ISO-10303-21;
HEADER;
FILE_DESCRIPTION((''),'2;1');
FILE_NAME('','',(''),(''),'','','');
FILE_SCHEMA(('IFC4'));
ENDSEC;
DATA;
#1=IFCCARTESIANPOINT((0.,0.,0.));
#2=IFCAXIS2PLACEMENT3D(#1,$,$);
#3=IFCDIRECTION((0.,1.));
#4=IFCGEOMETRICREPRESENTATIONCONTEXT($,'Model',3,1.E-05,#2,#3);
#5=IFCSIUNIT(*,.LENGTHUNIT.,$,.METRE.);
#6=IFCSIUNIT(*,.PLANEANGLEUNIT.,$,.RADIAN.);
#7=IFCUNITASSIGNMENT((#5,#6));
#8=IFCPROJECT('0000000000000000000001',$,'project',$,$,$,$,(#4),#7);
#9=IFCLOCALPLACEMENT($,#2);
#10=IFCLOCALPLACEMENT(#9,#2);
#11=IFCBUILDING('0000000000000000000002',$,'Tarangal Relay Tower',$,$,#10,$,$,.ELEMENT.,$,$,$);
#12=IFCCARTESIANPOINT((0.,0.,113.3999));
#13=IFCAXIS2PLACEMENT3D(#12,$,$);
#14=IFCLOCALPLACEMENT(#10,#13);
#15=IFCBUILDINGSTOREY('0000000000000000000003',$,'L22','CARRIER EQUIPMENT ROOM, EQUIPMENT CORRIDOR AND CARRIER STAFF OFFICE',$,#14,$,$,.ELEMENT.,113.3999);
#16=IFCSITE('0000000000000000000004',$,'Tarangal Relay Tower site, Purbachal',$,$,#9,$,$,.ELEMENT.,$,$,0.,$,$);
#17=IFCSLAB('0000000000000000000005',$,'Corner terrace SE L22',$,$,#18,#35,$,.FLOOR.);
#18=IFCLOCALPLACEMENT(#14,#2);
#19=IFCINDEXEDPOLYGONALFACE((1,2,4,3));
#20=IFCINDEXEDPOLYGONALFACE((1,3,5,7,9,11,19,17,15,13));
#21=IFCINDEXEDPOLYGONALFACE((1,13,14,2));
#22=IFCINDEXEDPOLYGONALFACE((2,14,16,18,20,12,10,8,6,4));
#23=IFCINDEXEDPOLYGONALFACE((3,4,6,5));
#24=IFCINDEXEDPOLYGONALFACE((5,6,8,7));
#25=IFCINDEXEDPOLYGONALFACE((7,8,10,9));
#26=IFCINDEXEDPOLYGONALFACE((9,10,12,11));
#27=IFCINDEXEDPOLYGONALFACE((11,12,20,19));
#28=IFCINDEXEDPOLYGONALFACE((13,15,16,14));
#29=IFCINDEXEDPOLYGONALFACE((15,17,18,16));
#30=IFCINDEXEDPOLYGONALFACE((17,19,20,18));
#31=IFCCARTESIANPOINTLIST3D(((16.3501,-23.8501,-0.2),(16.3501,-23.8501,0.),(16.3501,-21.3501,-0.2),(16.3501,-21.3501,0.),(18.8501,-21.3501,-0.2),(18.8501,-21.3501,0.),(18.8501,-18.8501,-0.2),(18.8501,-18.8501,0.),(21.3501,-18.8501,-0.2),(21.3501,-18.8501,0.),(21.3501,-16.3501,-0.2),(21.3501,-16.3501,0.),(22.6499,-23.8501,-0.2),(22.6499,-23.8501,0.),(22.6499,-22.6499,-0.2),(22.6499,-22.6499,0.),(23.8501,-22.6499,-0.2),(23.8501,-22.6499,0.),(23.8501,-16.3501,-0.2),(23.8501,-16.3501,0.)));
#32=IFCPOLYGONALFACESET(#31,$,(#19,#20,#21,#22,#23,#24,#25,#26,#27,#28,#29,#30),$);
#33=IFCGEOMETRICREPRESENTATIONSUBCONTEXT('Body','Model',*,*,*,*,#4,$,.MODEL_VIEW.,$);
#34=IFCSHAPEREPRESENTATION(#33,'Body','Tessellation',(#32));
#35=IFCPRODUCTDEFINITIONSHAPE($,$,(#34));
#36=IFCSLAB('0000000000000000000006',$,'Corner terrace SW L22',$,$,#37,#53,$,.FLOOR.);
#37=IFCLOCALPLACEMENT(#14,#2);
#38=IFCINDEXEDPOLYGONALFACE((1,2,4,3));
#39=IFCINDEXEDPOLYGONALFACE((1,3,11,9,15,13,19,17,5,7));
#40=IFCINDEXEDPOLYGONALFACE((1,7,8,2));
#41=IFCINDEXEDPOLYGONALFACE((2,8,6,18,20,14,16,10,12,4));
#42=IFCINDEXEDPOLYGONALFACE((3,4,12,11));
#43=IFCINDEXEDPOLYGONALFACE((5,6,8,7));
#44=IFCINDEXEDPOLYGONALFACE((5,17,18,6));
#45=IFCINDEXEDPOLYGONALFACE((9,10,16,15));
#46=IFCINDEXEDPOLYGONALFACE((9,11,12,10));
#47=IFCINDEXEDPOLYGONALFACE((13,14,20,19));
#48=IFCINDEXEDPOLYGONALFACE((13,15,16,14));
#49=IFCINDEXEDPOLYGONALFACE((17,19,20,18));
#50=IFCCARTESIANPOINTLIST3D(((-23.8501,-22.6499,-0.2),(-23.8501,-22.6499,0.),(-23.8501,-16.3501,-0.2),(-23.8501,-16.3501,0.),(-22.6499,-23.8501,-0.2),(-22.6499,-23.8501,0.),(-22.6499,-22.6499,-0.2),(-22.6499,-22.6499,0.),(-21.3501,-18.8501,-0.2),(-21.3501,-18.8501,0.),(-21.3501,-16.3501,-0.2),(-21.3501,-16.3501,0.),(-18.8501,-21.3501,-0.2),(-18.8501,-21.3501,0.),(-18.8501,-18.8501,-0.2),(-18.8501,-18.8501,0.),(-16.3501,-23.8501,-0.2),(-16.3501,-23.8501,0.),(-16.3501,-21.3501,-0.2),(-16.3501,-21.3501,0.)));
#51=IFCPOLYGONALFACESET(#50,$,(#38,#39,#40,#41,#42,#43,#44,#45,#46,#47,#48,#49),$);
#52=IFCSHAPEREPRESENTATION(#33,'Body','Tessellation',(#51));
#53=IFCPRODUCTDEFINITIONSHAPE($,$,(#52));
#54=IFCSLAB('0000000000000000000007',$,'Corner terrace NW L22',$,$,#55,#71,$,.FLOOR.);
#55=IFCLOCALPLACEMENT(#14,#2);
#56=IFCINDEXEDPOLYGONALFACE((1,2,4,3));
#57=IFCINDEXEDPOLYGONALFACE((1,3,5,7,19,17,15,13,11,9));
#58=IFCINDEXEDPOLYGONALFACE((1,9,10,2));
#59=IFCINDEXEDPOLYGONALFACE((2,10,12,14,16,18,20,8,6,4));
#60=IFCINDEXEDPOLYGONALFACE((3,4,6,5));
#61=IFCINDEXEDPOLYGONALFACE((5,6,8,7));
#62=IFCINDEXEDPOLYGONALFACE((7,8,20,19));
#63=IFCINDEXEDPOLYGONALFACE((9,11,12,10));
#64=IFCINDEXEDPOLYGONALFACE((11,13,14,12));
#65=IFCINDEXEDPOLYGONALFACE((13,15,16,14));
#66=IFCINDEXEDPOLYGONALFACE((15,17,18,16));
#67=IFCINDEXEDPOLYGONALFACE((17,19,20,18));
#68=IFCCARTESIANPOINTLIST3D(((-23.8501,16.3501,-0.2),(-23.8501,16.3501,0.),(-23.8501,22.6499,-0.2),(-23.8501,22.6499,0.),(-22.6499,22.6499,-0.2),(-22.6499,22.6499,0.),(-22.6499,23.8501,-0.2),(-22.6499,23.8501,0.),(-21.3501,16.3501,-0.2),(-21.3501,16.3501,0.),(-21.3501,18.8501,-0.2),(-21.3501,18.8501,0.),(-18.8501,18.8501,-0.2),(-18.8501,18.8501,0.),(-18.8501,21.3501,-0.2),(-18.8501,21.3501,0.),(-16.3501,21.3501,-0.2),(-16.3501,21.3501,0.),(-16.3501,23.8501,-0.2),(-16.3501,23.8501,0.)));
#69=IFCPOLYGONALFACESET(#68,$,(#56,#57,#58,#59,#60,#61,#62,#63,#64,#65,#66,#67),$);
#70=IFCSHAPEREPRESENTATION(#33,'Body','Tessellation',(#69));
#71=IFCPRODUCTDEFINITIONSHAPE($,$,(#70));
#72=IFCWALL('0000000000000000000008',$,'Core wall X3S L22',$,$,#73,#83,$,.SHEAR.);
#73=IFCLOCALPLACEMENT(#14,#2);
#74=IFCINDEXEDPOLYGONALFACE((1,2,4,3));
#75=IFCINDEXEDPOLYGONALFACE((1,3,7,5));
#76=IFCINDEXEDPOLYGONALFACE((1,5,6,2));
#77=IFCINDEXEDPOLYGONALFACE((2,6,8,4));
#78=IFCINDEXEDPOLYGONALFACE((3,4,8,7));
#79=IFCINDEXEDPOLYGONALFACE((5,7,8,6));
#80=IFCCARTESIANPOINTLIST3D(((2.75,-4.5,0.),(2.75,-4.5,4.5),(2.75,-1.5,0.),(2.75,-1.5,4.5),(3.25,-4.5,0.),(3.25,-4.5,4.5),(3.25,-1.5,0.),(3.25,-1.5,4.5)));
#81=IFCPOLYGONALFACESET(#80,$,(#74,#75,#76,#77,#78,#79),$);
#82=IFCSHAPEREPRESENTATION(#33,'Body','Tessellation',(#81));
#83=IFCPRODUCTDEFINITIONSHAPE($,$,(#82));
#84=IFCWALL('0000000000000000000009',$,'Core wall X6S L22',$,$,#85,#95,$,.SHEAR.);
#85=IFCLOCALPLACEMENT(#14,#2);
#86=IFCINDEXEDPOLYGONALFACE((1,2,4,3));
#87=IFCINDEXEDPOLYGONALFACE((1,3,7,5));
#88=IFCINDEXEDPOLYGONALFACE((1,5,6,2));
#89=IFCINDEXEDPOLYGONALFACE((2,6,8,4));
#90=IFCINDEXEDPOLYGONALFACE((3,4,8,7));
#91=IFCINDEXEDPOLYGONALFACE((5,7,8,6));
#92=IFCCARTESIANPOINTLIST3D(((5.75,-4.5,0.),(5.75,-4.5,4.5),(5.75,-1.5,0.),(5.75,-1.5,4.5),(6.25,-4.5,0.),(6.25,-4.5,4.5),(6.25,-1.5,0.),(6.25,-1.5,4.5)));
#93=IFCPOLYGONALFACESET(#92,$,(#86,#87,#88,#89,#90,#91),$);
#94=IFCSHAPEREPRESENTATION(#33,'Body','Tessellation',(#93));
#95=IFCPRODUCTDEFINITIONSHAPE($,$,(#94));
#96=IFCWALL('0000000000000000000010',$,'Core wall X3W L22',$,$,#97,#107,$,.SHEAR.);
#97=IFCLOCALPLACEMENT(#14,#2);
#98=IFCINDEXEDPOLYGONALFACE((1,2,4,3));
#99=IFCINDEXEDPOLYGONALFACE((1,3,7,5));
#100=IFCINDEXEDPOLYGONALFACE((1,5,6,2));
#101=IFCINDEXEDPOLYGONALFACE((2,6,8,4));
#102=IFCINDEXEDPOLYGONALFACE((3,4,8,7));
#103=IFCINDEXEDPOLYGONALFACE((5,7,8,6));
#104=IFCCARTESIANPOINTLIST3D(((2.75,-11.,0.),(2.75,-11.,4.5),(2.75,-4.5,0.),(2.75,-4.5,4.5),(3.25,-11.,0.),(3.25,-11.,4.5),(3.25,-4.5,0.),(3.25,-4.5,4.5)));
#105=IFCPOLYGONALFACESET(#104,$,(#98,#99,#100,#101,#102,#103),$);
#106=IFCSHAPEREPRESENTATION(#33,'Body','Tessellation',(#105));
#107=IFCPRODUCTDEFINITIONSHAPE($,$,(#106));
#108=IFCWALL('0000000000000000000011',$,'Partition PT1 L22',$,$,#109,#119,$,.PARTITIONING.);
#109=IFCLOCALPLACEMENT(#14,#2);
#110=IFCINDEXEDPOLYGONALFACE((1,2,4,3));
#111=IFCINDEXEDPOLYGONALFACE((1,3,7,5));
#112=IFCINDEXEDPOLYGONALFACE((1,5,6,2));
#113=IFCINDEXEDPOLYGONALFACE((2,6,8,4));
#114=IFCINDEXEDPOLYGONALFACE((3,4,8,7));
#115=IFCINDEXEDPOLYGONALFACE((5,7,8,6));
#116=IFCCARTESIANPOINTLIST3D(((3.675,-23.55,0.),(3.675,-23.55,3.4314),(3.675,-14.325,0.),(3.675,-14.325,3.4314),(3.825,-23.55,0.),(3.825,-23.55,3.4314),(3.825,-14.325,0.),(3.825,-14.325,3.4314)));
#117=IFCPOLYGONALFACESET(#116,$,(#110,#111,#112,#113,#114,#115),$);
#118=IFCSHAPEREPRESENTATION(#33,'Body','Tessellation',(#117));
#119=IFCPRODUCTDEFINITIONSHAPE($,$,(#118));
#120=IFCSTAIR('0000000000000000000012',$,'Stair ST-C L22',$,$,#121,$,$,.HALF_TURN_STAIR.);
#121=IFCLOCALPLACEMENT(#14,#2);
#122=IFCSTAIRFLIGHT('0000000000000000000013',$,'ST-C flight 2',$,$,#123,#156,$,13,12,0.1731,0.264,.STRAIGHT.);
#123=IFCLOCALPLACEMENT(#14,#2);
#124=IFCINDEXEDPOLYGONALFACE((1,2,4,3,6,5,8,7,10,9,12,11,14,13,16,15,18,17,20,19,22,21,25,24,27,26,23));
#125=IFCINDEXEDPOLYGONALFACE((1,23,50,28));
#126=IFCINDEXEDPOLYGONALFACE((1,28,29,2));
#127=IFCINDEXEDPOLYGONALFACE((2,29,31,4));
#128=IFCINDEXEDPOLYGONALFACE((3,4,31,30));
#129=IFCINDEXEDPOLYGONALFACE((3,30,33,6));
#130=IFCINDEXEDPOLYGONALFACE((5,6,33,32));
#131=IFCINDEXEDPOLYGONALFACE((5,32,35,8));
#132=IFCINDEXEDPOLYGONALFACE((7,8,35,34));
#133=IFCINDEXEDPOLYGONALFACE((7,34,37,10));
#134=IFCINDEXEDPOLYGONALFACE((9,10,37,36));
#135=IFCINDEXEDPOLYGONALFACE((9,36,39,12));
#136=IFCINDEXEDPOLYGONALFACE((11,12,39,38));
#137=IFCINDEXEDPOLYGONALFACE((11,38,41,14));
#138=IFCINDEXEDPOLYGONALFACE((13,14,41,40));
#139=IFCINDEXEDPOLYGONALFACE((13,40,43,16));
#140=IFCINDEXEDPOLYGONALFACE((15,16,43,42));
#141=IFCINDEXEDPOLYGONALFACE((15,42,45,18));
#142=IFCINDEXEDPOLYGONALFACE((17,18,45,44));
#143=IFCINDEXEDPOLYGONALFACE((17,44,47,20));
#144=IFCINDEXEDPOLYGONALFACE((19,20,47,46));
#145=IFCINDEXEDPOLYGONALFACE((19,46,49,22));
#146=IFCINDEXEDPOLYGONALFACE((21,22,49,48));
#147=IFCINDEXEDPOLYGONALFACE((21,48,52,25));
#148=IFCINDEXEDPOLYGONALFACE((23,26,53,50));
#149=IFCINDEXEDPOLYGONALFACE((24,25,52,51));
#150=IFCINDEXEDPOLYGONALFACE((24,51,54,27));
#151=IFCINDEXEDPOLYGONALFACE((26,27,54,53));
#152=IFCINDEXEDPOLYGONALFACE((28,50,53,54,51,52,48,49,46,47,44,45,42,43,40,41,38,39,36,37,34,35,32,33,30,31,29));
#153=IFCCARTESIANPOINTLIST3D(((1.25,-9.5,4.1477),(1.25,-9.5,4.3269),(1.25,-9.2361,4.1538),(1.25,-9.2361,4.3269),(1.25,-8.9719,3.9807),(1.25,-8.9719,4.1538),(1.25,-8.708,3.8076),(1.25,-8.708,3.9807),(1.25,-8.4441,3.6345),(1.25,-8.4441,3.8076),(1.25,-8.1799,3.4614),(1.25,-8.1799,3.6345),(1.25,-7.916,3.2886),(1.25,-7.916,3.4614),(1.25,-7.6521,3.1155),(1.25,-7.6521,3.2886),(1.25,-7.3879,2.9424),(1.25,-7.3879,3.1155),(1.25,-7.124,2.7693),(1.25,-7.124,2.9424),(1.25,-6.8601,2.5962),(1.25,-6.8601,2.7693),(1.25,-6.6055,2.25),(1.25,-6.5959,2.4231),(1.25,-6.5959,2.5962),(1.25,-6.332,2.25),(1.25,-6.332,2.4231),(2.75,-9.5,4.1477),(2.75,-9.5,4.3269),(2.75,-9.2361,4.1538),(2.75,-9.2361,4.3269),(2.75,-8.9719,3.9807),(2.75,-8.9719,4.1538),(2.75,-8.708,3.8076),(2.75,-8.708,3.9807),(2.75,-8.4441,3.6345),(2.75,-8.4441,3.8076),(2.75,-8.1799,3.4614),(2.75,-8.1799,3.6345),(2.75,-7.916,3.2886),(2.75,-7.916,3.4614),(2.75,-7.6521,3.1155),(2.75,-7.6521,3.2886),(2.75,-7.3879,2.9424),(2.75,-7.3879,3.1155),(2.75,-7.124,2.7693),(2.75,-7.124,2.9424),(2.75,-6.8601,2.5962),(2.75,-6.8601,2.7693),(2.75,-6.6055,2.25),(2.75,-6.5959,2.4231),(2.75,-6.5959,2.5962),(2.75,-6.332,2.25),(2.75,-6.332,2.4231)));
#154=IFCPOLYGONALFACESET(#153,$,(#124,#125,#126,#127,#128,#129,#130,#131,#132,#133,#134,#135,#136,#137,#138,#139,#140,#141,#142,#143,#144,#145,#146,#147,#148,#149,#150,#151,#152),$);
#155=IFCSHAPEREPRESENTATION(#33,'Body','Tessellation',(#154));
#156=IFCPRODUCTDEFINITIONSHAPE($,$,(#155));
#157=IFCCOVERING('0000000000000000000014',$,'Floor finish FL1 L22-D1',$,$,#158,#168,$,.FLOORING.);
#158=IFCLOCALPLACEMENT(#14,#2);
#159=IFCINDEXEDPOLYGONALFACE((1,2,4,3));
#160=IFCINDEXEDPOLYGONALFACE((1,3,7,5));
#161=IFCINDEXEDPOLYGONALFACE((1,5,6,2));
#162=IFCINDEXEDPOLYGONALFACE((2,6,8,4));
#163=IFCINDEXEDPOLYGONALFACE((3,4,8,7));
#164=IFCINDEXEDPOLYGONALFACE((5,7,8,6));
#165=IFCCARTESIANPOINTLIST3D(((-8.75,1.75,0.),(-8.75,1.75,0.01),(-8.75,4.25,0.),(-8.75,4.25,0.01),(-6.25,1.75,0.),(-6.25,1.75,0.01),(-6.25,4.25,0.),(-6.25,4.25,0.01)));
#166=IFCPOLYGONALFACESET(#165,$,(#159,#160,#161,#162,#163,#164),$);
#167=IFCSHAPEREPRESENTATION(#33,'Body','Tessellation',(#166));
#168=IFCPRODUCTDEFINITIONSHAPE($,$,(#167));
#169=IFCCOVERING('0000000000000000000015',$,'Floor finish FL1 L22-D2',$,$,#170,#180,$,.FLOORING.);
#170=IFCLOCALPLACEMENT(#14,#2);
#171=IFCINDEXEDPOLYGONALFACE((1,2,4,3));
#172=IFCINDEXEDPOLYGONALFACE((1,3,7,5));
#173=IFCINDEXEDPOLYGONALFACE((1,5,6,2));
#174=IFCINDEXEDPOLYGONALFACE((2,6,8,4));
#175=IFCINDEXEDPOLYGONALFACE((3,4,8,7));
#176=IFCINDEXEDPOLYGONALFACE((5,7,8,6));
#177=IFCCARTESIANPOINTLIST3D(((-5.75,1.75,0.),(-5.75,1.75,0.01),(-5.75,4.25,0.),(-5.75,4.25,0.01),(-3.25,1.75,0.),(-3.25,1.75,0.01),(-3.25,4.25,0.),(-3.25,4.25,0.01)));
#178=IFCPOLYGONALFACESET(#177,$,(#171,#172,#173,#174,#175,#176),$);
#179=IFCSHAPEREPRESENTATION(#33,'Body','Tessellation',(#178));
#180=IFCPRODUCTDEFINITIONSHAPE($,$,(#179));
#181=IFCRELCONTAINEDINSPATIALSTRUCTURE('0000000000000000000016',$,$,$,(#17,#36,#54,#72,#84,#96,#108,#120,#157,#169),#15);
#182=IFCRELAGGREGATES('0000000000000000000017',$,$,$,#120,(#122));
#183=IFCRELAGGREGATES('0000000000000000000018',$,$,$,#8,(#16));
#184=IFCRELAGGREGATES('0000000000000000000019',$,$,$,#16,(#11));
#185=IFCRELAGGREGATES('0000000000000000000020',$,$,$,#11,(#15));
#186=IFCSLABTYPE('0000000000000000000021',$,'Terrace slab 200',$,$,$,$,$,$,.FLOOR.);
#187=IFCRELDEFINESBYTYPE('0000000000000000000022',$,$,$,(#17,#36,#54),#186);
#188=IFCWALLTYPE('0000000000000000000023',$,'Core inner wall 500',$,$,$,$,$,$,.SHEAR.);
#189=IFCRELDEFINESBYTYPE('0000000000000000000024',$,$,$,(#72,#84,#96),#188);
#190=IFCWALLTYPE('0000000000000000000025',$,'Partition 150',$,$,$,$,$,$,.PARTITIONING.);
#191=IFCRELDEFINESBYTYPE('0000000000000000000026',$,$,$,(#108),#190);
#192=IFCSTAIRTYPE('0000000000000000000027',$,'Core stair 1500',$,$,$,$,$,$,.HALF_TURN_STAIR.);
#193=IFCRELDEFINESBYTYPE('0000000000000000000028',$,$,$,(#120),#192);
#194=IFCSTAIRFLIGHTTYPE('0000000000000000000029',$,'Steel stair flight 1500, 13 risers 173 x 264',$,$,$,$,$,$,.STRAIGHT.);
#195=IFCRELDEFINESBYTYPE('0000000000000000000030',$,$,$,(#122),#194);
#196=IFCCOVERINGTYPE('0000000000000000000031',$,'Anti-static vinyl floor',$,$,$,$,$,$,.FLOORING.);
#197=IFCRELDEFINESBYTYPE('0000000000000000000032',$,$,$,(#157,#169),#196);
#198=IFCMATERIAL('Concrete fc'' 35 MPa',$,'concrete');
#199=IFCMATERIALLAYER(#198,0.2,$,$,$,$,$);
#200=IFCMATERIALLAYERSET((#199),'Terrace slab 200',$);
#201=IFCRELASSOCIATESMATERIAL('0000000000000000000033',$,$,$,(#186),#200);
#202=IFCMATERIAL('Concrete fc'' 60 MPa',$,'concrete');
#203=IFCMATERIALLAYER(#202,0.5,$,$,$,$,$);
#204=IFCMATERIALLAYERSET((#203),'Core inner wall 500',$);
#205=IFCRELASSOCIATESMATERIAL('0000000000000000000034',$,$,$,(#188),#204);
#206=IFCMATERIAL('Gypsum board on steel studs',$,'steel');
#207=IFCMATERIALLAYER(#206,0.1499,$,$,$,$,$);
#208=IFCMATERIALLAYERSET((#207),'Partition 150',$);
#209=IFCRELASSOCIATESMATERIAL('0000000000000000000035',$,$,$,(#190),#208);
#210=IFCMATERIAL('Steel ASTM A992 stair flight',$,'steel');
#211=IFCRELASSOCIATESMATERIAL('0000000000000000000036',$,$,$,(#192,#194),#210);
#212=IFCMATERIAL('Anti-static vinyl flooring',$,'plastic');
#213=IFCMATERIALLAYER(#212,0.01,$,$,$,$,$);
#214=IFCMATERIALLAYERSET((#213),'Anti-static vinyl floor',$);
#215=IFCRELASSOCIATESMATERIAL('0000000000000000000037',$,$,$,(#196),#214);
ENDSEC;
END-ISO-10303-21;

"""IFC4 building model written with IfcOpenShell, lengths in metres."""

from ifc_helpers import new_model, si_unit, direction, frame, frame_2d, origin, place, context, subcontext, project, spatial, polyline, rectangle, outline, extrude, material, layer, layer_set, type_object, element, aggregate, save


model = new_model("IFC4")

# Units and contexts
model_context = context("Model", 3, precision=1e-05, world=origin(), true_north=direction((0.0, 1.0)))
body_context = subcontext(model_context, "Body", "Model", "MODEL_VIEW")
ifc_project = project(units=[si_unit("LENGTHUNIT", "METRE"), si_unit("PLANEANGLEUNIT", "RADIAN")], contexts=[model_context])

# Site, building, storey
site_placement = place(None, origin())
site = spatial("IfcSite", under=ifc_project, at=site_placement, Name="Tarangal Relay Tower site, Purbachal", CompositionType="ELEMENT", RefElevation=0.0)
building_placement = place(site_placement, origin())
building = spatial("IfcBuilding", under=site, at=building_placement, Name="Tarangal Relay Tower", CompositionType="ELEMENT")
storey_placement = place(building_placement, frame((0.0, 0.0, 113.3999)))
storey = spatial("IfcBuildingStorey", under=building, at=storey_placement, Name="L22", Description="CARRIER EQUIPMENT ROOM, EQUIPMENT CORRIDOR AND CARRIER STAFF OFFICE", CompositionType="ELEMENT", Elevation=113.3999)

# Slabs
ifc_material_1 = material(Name="Concrete fc' 35 MPa", Category="concrete")
ifc_layer_1 = layer(ifc_material_1, 0.2)
ifc_layer_set_1 = layer_set([ifc_layer_1], Name="Terrace slab 200")
slab_type_1 = type_object("IfcSlabType", Name="Terrace slab 200", PredefinedType="FLOOR", material=ifc_layer_set_1)
slab_1_placement = place(storey_placement, frame((0.0, 0.0, -0.2)))
element("IfcSlab", 1, at=slab_1_placement, inside=storey, type_object=slab_type_1, Name="Corner terrace SE L22", PredefinedType="FLOOR", context=body_context, shape_type="SweptSolid", body=[
    extrude(outline(polyline([(23.8501, -16.3501), (21.3501, -16.3501), (21.3501, -18.8501), (18.8501, -18.8501), (18.8501, -21.3501), (16.3501, -21.3501), (16.3501, -23.8501), (22.6499, -23.8501), (22.6499, -22.6499), (23.8501, -22.6499), (23.8501, -16.3501)])), origin(), (0.0, 0.0, 1.0), 0.2),
])
slab_2_placement = place(storey_placement, frame((0.0, 0.0, -0.2)))
element("IfcSlab", 2, at=slab_2_placement, inside=storey, type_object=slab_type_1, Name="Corner terrace SW L22", PredefinedType="FLOOR", context=body_context, shape_type="SweptSolid", body=[
    extrude(outline(polyline([(-16.3501, -23.8501), (-16.3501, -21.3501), (-18.8501, -21.3501), (-18.8501, -18.8501), (-21.3501, -18.8501), (-21.3501, -16.3501), (-23.8501, -16.3501), (-23.8501, -22.6499), (-22.6499, -22.6499), (-22.6499, -23.8501), (-16.3501, -23.8501)])), origin(), (0.0, 0.0, 1.0), 0.2),
])
slab_3_placement = place(storey_placement, frame((0.0, 0.0, -0.2)))
element("IfcSlab", 3, at=slab_3_placement, inside=storey, type_object=slab_type_1, Name="Corner terrace NW L22", PredefinedType="FLOOR", context=body_context, shape_type="SweptSolid", body=[
    extrude(outline(polyline([(-23.8501, 16.3501), (-21.3501, 16.3501), (-21.3501, 18.8501), (-18.8501, 18.8501), (-18.8501, 21.3501), (-16.3501, 21.3501), (-16.3501, 23.8501), (-22.6499, 23.8501), (-22.6499, 22.6499), (-23.8501, 22.6499), (-23.8501, 16.3501)])), origin(), (0.0, 0.0, 1.0), 0.2),
])

# Walls
ifc_material_2 = material(Name="Concrete fc' 60 MPa", Category="concrete")
ifc_layer_2 = layer(ifc_material_2, 0.5)
ifc_layer_set_2 = layer_set([ifc_layer_2], Name="Core inner wall 500")
wall_type_1 = type_object("IfcWallType", Name="Core inner wall 500", PredefinedType="SHEAR", material=ifc_layer_set_2)
for number, where, z_axis, x_axis, name in (
    (4, (3.0, -4.5, 0.0), (0.0, 0.0, 1.0), (0.0, 1.0, 0.0), "Core wall X3S L22"),
    (5, (6.0, -4.5, 0.0), (0.0, 0.0, 1.0), (0.0, 1.0, 0.0), "Core wall X6S L22"),
):
    element("IfcWall", number, at=place(storey_placement, frame(where, z_axis=z_axis, x_axis=x_axis)), inside=storey, type_object=wall_type_1, Name=name, PredefinedType="SHEAR", context=body_context, shape_type="SweptSolid", body=[
        extrude(rectangle(XDim=3.0, YDim=0.5, at=frame_2d((1.5, 0.0))), origin(), (0.0, 0.0, 1.0), 4.5),
    ])
wall_1_placement = place(storey_placement, frame((3.0, -11.0, 0.0), z_axis=(0.0, 0.0, 1.0), x_axis=(0.0, 1.0, 0.0)))
element("IfcWall", 6, at=wall_1_placement, inside=storey, type_object=wall_type_1, Name="Core wall X3W L22", PredefinedType="SHEAR", context=body_context, shape_type="SweptSolid", body=[
    extrude(rectangle(XDim=6.5, YDim=0.5, at=frame_2d((3.25, 0.0))), origin(), (0.0, 0.0, 1.0), 4.5),
])
ifc_material_3 = material(Name="Gypsum board on steel studs", Category="steel")
ifc_layer_3 = layer(ifc_material_3, 0.1499)
ifc_layer_set_3 = layer_set([ifc_layer_3], Name="Partition 150")
wall_type_2 = type_object("IfcWallType", Name="Partition 150", PredefinedType="PARTITIONING", material=ifc_layer_set_3)
wall_2_placement = place(storey_placement, frame((3.75, -23.55, 0.0), z_axis=(0.0, 0.0, 1.0), x_axis=(0.0, 1.0, 0.0)))
element("IfcWall", 7, at=wall_2_placement, inside=storey, type_object=wall_type_2, Name="Partition PT1 L22", PredefinedType="PARTITIONING", context=body_context, shape_type="SweptSolid", body=[
    extrude(rectangle(XDim=9.2251, YDim=0.1499, at=frame_2d((4.6125, 0.0))), origin(), (0.0, 0.0, 1.0), 3.4314),
])

# Stair, stair flight
ifc_material_4 = material(Name="Steel ASTM A992 stair flight", Category="steel")
stair_type = type_object("IfcStairType", Name="Core stair 1500", PredefinedType="HALF_TURN_STAIR", material=ifc_material_4)
stair_placement = place(storey_placement, origin())
stair = element("IfcStair", 8, at=stair_placement, inside=storey, type_object=stair_type, Name="Stair ST-C L22", PredefinedType="HALF_TURN_STAIR")
stair_flight_type = type_object("IfcStairFlightType", Name="Steel stair flight 1500, 13 risers 173 x 264", PredefinedType="STRAIGHT", material=ifc_material_4)
stair_flight_placement = place(storey_placement, frame((2.0, -6.332, 2.25), z_axis=(0.0, 0.0, 1.0), x_axis=(0.0, -1.0, 0.0)))
stair_flight = element("IfcStairFlight", 9, at=stair_flight_placement, type_object=stair_flight_type, Name="ST-C flight 2", NumberOfRisers=13, NumberOfTreads=12, PredefinedType="STRAIGHT", RiserHeight=0.1731, TreadLength=0.264, context=body_context, shape_type="SweptSolid", body=[
    extrude(outline(polyline([(0.0, 0.0), (0.0, 0.1731), (0.2639, 0.1731), (0.2639, 0.3462), (0.5281, 0.3462), (0.5281, 0.5193), (0.792, 0.5193), (0.792, 0.6924), (1.0559, 0.6924), (1.0559, 0.8655), (1.3201, 0.8655), (1.3201, 1.0386), (1.584, 1.0386), (1.584, 1.2114), (1.8479, 1.2114), (1.8479, 1.3845), (2.1121, 1.3845), (2.1121, 1.5576), (2.376, 1.5576), (2.376, 1.7307), (2.6399, 1.7307), (2.6399, 1.9038), (2.9041, 1.9038), (2.9041, 2.0769), (3.168, 2.0769), (3.168, 2.25), (3.168, 1.8977), (0.2734, 0.0), (0.0, 0.0)])), frame((0.0, 0.75, 0.0), z_axis=(0.0, -1.0, 0.0), x_axis=(1.0, 0.0, 0.0)), (0.0, 0.0, 1.0), 1.5),
])
aggregate(stair, [stair_flight])

# Coverings
ifc_material_5 = material(Name="Anti-static vinyl flooring", Category="plastic")
ifc_layer_4 = layer(ifc_material_5, 0.01)
ifc_layer_set_4 = layer_set([ifc_layer_4], Name="Anti-static vinyl floor")
covering_type_1 = type_object("IfcCoveringType", Name="Anti-static vinyl floor", PredefinedType="FLOORING", material=ifc_layer_set_4)
covering_1_placement = place(storey_placement, origin())
element("IfcCovering", 10, at=covering_1_placement, inside=storey, type_object=covering_type_1, Name="Floor finish FL1 L22-D1", PredefinedType="FLOORING", context=body_context, shape_type="SweptSolid", body=[
    extrude(outline(polyline([(-8.75, 1.75), (-6.25, 1.75), (-6.25, 4.25), (-8.75, 4.25), (-8.75, 1.75)])), origin(), (0.0, 0.0, 1.0), 0.01),
])
covering_2_placement = place(storey_placement, origin())
element("IfcCovering", 11, at=covering_2_placement, inside=storey, type_object=covering_type_1, Name="Floor finish FL1 L22-D2", PredefinedType="FLOORING", context=body_context, shape_type="SweptSolid", body=[
    extrude(outline(polyline([(-5.75, 1.75), (-3.25, 1.75), (-3.25, 4.25), (-5.75, 4.25), (-5.75, 1.75)])), origin(), (0.0, 0.0, 1.0), 0.01),
])

save(model, "model.ifc")
